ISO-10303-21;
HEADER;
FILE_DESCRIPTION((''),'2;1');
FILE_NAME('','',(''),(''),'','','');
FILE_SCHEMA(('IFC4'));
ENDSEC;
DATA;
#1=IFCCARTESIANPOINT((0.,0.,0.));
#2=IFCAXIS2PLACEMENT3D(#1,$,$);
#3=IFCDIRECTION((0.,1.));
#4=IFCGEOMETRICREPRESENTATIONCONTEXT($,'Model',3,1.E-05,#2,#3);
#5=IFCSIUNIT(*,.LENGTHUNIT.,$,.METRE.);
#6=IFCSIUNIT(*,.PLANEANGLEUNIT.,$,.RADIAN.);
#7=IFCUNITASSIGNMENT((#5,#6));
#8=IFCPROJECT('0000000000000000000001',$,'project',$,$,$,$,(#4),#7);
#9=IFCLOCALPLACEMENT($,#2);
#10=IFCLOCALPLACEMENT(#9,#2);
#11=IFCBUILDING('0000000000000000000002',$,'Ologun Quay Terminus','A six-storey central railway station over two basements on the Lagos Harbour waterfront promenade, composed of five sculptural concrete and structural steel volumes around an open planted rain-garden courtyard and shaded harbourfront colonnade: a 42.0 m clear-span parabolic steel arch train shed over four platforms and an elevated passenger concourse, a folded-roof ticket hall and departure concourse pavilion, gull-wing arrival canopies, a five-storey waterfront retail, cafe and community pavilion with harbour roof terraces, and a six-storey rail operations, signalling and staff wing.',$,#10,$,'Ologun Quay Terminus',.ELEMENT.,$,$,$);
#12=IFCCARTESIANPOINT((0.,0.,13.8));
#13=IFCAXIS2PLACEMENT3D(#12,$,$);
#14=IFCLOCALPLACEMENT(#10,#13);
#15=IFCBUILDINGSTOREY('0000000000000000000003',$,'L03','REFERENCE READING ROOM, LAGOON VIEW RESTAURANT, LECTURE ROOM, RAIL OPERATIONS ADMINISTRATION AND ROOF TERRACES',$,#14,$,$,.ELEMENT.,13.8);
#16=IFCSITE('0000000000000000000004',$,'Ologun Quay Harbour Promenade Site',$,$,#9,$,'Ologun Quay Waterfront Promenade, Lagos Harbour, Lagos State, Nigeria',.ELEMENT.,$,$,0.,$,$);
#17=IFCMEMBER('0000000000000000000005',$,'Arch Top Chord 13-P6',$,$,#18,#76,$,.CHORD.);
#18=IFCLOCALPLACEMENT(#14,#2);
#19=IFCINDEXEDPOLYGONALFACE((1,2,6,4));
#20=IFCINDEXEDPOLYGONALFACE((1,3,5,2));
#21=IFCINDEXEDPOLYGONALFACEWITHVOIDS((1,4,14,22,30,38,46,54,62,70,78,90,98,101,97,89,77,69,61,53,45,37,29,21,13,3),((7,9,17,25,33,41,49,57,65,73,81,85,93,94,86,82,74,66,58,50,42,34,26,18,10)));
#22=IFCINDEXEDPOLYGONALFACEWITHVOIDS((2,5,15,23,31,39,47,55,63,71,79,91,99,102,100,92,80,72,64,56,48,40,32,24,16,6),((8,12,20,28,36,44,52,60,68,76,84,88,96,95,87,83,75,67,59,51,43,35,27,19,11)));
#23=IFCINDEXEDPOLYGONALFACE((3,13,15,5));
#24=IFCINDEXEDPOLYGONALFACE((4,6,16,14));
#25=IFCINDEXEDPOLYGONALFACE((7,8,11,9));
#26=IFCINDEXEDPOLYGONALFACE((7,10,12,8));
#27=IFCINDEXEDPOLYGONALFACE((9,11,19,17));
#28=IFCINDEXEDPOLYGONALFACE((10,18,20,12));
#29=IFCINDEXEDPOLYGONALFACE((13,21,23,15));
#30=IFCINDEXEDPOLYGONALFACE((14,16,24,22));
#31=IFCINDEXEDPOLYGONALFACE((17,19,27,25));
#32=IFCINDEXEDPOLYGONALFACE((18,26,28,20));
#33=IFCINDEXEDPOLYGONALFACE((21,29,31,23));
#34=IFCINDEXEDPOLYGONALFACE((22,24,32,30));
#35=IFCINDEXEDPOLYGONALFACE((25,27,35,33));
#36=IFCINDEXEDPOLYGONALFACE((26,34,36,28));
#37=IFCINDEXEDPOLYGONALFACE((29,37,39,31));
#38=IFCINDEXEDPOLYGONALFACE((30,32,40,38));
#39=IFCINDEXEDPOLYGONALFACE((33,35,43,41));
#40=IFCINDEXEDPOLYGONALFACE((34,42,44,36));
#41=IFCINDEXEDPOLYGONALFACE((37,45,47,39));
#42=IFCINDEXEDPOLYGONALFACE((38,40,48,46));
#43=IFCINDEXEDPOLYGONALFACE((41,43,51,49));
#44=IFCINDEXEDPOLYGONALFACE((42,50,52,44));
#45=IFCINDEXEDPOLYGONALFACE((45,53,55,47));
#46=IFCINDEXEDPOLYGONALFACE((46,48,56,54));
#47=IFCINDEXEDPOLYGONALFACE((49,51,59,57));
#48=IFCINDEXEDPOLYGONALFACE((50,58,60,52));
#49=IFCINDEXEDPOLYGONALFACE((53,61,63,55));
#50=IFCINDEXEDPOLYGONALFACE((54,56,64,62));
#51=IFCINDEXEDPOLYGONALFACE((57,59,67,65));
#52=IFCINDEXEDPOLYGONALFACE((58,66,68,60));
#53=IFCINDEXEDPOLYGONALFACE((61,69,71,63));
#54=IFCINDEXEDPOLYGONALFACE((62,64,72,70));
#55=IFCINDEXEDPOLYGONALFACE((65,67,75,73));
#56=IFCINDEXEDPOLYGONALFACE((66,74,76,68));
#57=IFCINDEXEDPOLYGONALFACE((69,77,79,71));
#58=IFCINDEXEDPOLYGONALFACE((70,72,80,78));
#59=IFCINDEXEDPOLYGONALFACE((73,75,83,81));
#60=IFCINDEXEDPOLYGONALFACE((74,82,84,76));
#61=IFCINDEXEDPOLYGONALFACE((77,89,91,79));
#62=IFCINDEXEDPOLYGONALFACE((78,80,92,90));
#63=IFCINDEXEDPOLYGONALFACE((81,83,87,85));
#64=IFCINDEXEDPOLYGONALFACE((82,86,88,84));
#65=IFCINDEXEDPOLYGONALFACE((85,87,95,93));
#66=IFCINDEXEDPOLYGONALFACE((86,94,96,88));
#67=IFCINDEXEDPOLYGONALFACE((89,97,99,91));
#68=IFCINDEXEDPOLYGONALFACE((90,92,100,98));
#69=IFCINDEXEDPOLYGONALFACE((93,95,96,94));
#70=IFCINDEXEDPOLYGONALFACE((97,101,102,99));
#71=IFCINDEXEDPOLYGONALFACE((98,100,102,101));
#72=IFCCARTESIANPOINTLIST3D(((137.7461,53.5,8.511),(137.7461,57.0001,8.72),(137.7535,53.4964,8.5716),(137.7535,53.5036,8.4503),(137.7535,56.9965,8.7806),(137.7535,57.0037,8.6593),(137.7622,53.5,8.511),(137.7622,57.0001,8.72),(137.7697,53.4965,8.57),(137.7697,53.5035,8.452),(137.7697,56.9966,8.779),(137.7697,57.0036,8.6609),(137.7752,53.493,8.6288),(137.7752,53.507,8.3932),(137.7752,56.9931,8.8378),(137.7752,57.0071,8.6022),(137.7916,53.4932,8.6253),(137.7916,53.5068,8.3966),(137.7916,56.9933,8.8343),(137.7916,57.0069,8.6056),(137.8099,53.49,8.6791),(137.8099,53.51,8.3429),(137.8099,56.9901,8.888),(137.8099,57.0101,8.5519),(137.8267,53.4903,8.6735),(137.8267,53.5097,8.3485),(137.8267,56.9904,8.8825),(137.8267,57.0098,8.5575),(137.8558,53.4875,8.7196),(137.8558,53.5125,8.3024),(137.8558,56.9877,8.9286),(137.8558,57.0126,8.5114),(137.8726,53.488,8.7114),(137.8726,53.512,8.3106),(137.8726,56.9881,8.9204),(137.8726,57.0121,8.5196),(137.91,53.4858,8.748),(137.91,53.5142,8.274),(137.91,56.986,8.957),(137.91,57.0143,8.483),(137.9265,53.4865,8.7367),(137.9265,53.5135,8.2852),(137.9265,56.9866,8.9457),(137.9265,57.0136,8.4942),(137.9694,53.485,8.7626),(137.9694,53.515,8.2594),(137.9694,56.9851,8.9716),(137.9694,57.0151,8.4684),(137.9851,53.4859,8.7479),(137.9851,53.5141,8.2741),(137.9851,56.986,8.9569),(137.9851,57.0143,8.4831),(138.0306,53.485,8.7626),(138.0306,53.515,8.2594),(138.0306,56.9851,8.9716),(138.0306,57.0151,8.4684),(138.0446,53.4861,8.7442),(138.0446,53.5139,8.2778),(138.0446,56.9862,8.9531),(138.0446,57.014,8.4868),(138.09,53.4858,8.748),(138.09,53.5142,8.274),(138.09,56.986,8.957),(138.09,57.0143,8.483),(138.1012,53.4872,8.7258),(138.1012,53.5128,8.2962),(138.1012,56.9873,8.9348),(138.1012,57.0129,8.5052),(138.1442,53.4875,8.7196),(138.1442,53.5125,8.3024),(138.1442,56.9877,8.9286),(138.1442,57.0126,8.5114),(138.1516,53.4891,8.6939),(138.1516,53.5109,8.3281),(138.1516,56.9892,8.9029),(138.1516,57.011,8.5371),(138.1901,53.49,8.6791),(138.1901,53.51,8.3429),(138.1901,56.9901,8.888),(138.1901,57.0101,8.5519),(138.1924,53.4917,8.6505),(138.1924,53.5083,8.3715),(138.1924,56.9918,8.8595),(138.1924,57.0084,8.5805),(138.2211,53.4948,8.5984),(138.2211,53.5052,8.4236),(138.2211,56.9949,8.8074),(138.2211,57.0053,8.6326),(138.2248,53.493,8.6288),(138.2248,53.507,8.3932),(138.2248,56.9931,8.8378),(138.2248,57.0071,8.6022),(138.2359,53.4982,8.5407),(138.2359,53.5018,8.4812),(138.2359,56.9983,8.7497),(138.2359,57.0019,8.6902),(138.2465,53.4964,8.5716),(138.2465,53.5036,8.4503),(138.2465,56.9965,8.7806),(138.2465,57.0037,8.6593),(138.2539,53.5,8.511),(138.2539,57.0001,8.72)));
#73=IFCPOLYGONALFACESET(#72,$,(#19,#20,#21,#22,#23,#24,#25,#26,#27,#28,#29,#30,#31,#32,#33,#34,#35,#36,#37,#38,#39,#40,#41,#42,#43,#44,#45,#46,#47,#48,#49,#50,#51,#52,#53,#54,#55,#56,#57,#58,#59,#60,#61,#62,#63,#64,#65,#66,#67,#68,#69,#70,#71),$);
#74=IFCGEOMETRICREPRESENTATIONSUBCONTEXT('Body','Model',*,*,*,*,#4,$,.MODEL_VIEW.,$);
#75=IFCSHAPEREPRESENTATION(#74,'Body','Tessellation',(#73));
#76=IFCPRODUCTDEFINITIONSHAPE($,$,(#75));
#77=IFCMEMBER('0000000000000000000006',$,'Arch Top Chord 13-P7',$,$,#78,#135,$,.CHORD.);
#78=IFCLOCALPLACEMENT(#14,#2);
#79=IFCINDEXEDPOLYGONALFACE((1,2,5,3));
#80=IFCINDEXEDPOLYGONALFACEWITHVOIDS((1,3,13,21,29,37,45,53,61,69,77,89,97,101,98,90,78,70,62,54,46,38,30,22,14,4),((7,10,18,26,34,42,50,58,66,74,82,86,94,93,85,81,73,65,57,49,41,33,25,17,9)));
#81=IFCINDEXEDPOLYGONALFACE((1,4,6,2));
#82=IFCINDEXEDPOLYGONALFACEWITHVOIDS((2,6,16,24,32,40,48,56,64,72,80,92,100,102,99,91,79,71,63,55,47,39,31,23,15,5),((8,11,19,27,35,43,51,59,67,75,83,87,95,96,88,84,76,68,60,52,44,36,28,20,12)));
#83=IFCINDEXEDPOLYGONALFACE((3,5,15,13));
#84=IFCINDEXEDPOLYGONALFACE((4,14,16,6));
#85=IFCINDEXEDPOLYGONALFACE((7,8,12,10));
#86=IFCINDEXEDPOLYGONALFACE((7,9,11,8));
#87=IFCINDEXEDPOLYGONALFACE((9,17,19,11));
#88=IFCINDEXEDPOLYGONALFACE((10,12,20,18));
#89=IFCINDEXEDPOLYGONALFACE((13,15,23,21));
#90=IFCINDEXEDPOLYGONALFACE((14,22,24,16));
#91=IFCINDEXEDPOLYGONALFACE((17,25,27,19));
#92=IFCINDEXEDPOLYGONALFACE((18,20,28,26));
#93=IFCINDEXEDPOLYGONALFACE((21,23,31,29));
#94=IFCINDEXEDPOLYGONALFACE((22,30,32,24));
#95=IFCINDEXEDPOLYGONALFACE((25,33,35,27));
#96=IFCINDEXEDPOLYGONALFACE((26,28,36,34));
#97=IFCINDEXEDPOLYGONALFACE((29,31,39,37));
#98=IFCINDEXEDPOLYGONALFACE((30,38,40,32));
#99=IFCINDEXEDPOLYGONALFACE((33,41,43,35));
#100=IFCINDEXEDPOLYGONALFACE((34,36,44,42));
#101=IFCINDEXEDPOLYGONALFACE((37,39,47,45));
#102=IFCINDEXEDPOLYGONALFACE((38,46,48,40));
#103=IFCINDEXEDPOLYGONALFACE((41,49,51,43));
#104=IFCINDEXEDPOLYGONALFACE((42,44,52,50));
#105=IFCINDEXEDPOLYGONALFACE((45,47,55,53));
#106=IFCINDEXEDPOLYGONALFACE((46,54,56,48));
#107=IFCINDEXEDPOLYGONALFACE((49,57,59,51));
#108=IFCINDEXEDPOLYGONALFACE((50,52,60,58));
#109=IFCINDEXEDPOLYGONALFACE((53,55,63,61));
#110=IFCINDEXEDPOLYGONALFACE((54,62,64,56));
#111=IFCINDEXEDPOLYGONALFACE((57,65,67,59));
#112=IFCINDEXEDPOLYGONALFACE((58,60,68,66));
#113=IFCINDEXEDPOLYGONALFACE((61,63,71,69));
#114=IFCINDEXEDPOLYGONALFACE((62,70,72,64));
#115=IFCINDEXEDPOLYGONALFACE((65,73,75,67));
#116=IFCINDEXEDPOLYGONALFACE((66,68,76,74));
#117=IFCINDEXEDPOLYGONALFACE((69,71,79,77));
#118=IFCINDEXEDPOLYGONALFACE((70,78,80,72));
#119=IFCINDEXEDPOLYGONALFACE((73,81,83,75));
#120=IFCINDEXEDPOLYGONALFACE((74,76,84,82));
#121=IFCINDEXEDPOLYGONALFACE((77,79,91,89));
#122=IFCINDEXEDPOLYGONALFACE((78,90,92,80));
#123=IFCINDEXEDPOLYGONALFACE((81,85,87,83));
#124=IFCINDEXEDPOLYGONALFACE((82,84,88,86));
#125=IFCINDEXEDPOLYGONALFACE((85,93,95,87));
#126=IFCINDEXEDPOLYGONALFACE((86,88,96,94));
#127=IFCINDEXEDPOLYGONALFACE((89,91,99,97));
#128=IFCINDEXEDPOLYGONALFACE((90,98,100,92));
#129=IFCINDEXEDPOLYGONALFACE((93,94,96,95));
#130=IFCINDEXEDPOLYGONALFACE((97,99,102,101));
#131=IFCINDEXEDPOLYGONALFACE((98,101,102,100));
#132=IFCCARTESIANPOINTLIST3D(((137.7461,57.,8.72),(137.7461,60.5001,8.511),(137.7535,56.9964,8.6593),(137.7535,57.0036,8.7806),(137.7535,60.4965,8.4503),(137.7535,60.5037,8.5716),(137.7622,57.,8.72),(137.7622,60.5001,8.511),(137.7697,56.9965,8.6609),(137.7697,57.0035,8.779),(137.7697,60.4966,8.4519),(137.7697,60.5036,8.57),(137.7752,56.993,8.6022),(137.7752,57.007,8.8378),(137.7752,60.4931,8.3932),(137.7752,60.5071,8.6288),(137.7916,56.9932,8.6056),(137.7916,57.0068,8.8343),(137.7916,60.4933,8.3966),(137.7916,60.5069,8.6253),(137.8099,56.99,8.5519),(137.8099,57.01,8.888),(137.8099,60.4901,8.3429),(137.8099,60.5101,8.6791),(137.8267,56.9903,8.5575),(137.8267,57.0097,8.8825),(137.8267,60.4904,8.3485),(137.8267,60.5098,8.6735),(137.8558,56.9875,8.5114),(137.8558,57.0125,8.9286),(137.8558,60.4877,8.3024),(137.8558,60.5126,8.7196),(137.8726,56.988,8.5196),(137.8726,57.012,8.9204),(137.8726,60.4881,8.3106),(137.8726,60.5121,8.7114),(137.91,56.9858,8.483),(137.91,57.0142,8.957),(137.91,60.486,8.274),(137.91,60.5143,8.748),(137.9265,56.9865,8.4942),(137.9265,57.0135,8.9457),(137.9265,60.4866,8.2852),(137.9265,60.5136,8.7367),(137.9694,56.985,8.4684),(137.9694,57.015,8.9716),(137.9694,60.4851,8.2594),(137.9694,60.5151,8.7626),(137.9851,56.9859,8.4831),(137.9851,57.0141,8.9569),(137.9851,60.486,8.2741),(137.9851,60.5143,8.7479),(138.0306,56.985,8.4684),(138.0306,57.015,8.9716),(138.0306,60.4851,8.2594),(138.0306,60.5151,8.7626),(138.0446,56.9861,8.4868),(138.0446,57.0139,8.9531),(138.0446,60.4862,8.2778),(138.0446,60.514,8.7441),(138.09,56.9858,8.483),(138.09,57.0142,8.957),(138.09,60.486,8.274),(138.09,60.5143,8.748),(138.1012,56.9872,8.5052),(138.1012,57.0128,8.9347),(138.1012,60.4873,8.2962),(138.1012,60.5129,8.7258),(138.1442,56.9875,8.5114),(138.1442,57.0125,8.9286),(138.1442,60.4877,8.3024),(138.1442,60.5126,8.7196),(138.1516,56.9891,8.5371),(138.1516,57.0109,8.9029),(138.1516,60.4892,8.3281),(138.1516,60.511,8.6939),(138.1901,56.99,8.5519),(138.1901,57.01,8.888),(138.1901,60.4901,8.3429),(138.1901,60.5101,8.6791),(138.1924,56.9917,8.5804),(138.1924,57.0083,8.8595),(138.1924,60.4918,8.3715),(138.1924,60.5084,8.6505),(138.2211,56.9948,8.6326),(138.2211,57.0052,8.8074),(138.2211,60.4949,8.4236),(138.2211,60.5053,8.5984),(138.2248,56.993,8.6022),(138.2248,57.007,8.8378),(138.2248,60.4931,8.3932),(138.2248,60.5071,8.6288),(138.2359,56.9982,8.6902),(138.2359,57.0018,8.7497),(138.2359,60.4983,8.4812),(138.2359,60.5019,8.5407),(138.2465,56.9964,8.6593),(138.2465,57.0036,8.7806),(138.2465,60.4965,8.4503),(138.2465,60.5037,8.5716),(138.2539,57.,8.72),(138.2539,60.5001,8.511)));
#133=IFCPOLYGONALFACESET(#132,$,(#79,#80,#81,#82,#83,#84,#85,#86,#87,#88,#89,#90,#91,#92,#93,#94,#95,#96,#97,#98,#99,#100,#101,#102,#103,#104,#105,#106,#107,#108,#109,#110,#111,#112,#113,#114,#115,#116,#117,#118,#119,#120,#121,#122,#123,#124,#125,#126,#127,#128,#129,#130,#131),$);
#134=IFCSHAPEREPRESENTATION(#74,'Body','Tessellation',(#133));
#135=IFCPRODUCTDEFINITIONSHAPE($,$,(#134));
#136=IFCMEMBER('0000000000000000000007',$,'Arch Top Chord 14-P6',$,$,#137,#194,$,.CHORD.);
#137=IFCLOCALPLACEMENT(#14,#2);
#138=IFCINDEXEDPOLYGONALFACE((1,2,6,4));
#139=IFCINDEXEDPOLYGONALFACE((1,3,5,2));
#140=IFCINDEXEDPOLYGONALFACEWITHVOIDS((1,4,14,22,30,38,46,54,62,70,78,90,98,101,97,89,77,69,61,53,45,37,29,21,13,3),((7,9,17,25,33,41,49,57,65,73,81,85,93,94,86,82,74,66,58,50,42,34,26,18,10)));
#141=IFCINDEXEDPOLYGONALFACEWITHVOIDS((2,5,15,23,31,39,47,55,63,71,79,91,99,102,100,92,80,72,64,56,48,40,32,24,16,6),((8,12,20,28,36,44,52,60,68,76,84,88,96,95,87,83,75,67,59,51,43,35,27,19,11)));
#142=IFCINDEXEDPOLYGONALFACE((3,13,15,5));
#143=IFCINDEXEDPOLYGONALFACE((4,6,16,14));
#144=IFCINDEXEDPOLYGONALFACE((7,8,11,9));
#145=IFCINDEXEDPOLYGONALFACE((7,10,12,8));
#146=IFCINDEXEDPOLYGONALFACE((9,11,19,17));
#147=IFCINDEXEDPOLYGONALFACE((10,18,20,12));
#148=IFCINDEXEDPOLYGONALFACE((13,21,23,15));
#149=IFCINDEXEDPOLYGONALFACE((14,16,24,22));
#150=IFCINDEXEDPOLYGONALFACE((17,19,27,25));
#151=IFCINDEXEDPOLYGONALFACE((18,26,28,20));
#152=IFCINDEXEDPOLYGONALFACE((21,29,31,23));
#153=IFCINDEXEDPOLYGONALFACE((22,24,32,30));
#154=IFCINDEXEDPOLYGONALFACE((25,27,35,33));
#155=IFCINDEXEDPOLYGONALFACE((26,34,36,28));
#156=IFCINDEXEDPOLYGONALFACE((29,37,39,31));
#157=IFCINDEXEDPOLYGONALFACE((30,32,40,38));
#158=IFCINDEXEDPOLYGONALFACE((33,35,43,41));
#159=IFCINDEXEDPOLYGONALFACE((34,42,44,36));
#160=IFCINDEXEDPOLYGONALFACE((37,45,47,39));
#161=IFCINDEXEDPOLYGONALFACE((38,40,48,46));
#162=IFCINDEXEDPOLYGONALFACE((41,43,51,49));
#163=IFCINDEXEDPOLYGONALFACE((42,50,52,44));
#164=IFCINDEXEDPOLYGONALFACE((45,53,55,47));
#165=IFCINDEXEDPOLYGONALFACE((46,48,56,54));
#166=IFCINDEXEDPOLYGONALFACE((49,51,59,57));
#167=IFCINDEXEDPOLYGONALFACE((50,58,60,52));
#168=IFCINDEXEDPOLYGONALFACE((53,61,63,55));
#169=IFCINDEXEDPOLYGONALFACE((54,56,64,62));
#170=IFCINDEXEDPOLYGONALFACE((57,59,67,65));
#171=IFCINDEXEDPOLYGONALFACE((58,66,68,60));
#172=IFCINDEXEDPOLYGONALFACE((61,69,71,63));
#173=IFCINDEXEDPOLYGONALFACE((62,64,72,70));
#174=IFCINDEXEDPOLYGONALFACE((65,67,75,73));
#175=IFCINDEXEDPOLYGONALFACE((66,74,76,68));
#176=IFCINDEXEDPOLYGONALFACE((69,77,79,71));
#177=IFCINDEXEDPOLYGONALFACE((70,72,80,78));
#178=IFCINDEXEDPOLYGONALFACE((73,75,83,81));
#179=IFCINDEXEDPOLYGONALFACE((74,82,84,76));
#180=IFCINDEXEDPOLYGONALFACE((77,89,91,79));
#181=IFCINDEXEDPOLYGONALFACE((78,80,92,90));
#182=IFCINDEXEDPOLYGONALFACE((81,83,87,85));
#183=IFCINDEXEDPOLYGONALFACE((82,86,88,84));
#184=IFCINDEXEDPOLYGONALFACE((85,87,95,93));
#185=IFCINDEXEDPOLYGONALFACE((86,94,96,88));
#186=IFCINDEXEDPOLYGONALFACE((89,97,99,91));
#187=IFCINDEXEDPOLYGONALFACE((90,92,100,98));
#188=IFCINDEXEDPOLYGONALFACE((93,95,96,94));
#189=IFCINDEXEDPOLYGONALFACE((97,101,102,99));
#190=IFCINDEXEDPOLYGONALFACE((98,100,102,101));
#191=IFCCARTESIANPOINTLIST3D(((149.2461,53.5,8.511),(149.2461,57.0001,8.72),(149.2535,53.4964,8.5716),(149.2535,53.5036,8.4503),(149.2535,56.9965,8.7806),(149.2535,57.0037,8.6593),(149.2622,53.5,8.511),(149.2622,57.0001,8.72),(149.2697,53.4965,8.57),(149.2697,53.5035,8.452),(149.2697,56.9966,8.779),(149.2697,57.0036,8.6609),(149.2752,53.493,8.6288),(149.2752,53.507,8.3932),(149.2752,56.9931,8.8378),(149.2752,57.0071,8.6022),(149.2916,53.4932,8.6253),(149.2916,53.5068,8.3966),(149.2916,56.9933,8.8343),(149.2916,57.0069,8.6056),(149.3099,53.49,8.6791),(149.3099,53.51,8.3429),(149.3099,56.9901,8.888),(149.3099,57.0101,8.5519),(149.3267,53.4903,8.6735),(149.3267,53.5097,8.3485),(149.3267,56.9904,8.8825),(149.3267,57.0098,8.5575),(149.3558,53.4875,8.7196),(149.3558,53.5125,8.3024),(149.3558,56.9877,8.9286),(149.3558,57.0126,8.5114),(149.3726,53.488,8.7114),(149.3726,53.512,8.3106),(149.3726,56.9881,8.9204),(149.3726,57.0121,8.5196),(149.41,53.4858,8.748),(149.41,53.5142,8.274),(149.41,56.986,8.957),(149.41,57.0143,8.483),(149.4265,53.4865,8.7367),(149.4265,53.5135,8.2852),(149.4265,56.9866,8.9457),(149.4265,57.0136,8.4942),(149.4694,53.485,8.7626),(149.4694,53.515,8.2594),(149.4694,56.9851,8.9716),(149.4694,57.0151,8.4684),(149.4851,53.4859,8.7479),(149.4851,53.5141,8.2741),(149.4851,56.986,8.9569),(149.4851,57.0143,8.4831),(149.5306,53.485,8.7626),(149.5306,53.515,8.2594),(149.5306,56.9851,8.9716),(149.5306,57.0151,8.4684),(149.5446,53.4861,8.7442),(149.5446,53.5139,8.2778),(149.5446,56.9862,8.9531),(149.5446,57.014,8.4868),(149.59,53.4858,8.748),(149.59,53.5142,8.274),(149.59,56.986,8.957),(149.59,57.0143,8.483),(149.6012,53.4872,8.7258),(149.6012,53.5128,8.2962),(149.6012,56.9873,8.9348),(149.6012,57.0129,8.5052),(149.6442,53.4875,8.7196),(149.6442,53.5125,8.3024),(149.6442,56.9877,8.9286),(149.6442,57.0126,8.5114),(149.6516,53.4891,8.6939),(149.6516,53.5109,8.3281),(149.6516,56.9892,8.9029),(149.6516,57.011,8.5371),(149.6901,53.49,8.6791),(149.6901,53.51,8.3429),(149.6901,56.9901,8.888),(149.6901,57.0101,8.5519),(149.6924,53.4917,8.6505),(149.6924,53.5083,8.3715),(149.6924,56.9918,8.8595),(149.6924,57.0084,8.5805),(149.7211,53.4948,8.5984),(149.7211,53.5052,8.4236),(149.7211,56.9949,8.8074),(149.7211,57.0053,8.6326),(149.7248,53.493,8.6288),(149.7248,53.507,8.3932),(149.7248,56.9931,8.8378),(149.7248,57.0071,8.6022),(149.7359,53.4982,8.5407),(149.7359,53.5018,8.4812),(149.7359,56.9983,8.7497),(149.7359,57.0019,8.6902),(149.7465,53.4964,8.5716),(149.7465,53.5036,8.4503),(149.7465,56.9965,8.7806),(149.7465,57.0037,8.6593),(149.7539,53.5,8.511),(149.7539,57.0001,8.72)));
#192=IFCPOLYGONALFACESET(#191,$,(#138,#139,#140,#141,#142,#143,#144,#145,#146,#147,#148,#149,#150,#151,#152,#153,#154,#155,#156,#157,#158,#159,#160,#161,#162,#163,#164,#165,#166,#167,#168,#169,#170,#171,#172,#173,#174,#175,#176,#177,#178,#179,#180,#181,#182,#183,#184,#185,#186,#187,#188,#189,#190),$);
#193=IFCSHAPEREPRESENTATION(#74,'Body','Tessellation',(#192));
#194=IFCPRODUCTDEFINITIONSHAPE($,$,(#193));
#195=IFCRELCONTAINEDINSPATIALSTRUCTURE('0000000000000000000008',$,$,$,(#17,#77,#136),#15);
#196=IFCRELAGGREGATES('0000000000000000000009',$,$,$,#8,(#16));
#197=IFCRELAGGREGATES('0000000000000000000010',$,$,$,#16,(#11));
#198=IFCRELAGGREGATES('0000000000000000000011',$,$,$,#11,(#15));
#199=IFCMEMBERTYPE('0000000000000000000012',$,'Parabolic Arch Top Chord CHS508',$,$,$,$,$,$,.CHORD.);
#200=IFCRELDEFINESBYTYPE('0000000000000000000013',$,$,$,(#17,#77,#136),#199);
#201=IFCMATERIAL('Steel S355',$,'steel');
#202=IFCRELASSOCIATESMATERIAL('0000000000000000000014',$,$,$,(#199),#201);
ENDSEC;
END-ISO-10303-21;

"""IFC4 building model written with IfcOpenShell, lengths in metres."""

from ifc_helpers import new_model, si_unit, direction, frame, origin, origin_2d, place, context, subcontext, project, spatial, hollow_circle, extrude, material, material_profile, profile_set, type_object, element, save


model = new_model("IFC4")

# Units and contexts
model_context = context("Model", 3, precision=1e-05, world=origin(), true_north=direction((0.0, 1.0)))
body_context = subcontext(model_context, "Body", "Model", "MODEL_VIEW")
ifc_project = project(units=[si_unit("LENGTHUNIT", "METRE"), si_unit("PLANEANGLEUNIT", "RADIAN")], contexts=[model_context])

# Site, building, storey
site_placement = place(None, origin())
site = spatial("IfcSite", under=ifc_project, at=site_placement, Name="Ologun Quay Harbour Promenade Site", LongName="Ologun Quay Waterfront Promenade, Lagos Harbour, Lagos State, Nigeria", CompositionType="ELEMENT", RefElevation=0.0)
building_placement = place(site_placement, origin())
building = spatial("IfcBuilding", under=site, at=building_placement, Name="Ologun Quay Terminus", Description="A six-storey central railway station over two basements on the Lagos Harbour waterfront promenade, composed of five sculptural concrete and structural steel volumes around an open planted rain-garden courtyard and shaded harbourfront colonnade: a 42.0 m clear-span parabolic steel arch train shed over four platforms and an elevated passenger concourse, a folded-roof ticket hall and departure concourse pavilion, gull-wing arrival canopies, a five-storey waterfront retail, cafe and community pavilion with harbour roof terraces, and a six-storey rail operations, signalling and staff wing.", LongName="Ologun Quay Terminus", CompositionType="ELEMENT")
storey_placement = place(building_placement, frame((0.0, 0.0, 13.8)))
storey = spatial("IfcBuildingStorey", under=building, at=storey_placement, Name="L03", Description="REFERENCE READING ROOM, LAGOON VIEW RESTAURANT, LECTURE ROOM, RAIL OPERATIONS ADMINISTRATION AND ROOF TERRACES", CompositionType="ELEMENT", Elevation=13.8)

# Members
ifc_material_1 = material(Name="Steel S355", Category="steel")
ifc_material_profile_1 = material_profile(ifc_material_1, hollow_circle(Radius=0.2539, WallThickness=0.0161, at=origin_2d()), Name="CHS 508x16")
ifc_profile_set_1 = profile_set([ifc_material_profile_1], Name="Steel S355")
member_type_1 = type_object("IfcMemberType", Name="Parabolic Arch Top Chord CHS508", PredefinedType="CHORD", material=ifc_profile_set_1)
for number, where, z_axis, x_axis, name in (
    (1, (138.0, 53.5, 8.511), (0.0, 0.998222, 0.059604), (-1.0, 0.0, 0.0), "Arch Top Chord 13-P6"),
    (2, (138.0, 57.0, 8.72), (0.0, 0.998222, -0.059604), (-1.0, 0.0, 0.0), "Arch Top Chord 13-P7"),
    (3, (149.5, 53.5, 8.511), (0.0, 0.998222, 0.059604), (-1.0, 0.0, 0.0), "Arch Top Chord 14-P6"),
):
    element("IfcMember", number, at=place(storey_placement, frame(where, z_axis=z_axis, x_axis=x_axis)), inside=storey, type_object=member_type_1, Name=name, PredefinedType="CHORD", context=body_context, shape_type="SweptSolid", body=[
        extrude(hollow_circle(Radius=0.2539, WallThickness=0.0161, at=origin_2d()), origin(), (0.0, 0.0, 1.0), 3.5063),
    ])

save(model, "model.ifc")
